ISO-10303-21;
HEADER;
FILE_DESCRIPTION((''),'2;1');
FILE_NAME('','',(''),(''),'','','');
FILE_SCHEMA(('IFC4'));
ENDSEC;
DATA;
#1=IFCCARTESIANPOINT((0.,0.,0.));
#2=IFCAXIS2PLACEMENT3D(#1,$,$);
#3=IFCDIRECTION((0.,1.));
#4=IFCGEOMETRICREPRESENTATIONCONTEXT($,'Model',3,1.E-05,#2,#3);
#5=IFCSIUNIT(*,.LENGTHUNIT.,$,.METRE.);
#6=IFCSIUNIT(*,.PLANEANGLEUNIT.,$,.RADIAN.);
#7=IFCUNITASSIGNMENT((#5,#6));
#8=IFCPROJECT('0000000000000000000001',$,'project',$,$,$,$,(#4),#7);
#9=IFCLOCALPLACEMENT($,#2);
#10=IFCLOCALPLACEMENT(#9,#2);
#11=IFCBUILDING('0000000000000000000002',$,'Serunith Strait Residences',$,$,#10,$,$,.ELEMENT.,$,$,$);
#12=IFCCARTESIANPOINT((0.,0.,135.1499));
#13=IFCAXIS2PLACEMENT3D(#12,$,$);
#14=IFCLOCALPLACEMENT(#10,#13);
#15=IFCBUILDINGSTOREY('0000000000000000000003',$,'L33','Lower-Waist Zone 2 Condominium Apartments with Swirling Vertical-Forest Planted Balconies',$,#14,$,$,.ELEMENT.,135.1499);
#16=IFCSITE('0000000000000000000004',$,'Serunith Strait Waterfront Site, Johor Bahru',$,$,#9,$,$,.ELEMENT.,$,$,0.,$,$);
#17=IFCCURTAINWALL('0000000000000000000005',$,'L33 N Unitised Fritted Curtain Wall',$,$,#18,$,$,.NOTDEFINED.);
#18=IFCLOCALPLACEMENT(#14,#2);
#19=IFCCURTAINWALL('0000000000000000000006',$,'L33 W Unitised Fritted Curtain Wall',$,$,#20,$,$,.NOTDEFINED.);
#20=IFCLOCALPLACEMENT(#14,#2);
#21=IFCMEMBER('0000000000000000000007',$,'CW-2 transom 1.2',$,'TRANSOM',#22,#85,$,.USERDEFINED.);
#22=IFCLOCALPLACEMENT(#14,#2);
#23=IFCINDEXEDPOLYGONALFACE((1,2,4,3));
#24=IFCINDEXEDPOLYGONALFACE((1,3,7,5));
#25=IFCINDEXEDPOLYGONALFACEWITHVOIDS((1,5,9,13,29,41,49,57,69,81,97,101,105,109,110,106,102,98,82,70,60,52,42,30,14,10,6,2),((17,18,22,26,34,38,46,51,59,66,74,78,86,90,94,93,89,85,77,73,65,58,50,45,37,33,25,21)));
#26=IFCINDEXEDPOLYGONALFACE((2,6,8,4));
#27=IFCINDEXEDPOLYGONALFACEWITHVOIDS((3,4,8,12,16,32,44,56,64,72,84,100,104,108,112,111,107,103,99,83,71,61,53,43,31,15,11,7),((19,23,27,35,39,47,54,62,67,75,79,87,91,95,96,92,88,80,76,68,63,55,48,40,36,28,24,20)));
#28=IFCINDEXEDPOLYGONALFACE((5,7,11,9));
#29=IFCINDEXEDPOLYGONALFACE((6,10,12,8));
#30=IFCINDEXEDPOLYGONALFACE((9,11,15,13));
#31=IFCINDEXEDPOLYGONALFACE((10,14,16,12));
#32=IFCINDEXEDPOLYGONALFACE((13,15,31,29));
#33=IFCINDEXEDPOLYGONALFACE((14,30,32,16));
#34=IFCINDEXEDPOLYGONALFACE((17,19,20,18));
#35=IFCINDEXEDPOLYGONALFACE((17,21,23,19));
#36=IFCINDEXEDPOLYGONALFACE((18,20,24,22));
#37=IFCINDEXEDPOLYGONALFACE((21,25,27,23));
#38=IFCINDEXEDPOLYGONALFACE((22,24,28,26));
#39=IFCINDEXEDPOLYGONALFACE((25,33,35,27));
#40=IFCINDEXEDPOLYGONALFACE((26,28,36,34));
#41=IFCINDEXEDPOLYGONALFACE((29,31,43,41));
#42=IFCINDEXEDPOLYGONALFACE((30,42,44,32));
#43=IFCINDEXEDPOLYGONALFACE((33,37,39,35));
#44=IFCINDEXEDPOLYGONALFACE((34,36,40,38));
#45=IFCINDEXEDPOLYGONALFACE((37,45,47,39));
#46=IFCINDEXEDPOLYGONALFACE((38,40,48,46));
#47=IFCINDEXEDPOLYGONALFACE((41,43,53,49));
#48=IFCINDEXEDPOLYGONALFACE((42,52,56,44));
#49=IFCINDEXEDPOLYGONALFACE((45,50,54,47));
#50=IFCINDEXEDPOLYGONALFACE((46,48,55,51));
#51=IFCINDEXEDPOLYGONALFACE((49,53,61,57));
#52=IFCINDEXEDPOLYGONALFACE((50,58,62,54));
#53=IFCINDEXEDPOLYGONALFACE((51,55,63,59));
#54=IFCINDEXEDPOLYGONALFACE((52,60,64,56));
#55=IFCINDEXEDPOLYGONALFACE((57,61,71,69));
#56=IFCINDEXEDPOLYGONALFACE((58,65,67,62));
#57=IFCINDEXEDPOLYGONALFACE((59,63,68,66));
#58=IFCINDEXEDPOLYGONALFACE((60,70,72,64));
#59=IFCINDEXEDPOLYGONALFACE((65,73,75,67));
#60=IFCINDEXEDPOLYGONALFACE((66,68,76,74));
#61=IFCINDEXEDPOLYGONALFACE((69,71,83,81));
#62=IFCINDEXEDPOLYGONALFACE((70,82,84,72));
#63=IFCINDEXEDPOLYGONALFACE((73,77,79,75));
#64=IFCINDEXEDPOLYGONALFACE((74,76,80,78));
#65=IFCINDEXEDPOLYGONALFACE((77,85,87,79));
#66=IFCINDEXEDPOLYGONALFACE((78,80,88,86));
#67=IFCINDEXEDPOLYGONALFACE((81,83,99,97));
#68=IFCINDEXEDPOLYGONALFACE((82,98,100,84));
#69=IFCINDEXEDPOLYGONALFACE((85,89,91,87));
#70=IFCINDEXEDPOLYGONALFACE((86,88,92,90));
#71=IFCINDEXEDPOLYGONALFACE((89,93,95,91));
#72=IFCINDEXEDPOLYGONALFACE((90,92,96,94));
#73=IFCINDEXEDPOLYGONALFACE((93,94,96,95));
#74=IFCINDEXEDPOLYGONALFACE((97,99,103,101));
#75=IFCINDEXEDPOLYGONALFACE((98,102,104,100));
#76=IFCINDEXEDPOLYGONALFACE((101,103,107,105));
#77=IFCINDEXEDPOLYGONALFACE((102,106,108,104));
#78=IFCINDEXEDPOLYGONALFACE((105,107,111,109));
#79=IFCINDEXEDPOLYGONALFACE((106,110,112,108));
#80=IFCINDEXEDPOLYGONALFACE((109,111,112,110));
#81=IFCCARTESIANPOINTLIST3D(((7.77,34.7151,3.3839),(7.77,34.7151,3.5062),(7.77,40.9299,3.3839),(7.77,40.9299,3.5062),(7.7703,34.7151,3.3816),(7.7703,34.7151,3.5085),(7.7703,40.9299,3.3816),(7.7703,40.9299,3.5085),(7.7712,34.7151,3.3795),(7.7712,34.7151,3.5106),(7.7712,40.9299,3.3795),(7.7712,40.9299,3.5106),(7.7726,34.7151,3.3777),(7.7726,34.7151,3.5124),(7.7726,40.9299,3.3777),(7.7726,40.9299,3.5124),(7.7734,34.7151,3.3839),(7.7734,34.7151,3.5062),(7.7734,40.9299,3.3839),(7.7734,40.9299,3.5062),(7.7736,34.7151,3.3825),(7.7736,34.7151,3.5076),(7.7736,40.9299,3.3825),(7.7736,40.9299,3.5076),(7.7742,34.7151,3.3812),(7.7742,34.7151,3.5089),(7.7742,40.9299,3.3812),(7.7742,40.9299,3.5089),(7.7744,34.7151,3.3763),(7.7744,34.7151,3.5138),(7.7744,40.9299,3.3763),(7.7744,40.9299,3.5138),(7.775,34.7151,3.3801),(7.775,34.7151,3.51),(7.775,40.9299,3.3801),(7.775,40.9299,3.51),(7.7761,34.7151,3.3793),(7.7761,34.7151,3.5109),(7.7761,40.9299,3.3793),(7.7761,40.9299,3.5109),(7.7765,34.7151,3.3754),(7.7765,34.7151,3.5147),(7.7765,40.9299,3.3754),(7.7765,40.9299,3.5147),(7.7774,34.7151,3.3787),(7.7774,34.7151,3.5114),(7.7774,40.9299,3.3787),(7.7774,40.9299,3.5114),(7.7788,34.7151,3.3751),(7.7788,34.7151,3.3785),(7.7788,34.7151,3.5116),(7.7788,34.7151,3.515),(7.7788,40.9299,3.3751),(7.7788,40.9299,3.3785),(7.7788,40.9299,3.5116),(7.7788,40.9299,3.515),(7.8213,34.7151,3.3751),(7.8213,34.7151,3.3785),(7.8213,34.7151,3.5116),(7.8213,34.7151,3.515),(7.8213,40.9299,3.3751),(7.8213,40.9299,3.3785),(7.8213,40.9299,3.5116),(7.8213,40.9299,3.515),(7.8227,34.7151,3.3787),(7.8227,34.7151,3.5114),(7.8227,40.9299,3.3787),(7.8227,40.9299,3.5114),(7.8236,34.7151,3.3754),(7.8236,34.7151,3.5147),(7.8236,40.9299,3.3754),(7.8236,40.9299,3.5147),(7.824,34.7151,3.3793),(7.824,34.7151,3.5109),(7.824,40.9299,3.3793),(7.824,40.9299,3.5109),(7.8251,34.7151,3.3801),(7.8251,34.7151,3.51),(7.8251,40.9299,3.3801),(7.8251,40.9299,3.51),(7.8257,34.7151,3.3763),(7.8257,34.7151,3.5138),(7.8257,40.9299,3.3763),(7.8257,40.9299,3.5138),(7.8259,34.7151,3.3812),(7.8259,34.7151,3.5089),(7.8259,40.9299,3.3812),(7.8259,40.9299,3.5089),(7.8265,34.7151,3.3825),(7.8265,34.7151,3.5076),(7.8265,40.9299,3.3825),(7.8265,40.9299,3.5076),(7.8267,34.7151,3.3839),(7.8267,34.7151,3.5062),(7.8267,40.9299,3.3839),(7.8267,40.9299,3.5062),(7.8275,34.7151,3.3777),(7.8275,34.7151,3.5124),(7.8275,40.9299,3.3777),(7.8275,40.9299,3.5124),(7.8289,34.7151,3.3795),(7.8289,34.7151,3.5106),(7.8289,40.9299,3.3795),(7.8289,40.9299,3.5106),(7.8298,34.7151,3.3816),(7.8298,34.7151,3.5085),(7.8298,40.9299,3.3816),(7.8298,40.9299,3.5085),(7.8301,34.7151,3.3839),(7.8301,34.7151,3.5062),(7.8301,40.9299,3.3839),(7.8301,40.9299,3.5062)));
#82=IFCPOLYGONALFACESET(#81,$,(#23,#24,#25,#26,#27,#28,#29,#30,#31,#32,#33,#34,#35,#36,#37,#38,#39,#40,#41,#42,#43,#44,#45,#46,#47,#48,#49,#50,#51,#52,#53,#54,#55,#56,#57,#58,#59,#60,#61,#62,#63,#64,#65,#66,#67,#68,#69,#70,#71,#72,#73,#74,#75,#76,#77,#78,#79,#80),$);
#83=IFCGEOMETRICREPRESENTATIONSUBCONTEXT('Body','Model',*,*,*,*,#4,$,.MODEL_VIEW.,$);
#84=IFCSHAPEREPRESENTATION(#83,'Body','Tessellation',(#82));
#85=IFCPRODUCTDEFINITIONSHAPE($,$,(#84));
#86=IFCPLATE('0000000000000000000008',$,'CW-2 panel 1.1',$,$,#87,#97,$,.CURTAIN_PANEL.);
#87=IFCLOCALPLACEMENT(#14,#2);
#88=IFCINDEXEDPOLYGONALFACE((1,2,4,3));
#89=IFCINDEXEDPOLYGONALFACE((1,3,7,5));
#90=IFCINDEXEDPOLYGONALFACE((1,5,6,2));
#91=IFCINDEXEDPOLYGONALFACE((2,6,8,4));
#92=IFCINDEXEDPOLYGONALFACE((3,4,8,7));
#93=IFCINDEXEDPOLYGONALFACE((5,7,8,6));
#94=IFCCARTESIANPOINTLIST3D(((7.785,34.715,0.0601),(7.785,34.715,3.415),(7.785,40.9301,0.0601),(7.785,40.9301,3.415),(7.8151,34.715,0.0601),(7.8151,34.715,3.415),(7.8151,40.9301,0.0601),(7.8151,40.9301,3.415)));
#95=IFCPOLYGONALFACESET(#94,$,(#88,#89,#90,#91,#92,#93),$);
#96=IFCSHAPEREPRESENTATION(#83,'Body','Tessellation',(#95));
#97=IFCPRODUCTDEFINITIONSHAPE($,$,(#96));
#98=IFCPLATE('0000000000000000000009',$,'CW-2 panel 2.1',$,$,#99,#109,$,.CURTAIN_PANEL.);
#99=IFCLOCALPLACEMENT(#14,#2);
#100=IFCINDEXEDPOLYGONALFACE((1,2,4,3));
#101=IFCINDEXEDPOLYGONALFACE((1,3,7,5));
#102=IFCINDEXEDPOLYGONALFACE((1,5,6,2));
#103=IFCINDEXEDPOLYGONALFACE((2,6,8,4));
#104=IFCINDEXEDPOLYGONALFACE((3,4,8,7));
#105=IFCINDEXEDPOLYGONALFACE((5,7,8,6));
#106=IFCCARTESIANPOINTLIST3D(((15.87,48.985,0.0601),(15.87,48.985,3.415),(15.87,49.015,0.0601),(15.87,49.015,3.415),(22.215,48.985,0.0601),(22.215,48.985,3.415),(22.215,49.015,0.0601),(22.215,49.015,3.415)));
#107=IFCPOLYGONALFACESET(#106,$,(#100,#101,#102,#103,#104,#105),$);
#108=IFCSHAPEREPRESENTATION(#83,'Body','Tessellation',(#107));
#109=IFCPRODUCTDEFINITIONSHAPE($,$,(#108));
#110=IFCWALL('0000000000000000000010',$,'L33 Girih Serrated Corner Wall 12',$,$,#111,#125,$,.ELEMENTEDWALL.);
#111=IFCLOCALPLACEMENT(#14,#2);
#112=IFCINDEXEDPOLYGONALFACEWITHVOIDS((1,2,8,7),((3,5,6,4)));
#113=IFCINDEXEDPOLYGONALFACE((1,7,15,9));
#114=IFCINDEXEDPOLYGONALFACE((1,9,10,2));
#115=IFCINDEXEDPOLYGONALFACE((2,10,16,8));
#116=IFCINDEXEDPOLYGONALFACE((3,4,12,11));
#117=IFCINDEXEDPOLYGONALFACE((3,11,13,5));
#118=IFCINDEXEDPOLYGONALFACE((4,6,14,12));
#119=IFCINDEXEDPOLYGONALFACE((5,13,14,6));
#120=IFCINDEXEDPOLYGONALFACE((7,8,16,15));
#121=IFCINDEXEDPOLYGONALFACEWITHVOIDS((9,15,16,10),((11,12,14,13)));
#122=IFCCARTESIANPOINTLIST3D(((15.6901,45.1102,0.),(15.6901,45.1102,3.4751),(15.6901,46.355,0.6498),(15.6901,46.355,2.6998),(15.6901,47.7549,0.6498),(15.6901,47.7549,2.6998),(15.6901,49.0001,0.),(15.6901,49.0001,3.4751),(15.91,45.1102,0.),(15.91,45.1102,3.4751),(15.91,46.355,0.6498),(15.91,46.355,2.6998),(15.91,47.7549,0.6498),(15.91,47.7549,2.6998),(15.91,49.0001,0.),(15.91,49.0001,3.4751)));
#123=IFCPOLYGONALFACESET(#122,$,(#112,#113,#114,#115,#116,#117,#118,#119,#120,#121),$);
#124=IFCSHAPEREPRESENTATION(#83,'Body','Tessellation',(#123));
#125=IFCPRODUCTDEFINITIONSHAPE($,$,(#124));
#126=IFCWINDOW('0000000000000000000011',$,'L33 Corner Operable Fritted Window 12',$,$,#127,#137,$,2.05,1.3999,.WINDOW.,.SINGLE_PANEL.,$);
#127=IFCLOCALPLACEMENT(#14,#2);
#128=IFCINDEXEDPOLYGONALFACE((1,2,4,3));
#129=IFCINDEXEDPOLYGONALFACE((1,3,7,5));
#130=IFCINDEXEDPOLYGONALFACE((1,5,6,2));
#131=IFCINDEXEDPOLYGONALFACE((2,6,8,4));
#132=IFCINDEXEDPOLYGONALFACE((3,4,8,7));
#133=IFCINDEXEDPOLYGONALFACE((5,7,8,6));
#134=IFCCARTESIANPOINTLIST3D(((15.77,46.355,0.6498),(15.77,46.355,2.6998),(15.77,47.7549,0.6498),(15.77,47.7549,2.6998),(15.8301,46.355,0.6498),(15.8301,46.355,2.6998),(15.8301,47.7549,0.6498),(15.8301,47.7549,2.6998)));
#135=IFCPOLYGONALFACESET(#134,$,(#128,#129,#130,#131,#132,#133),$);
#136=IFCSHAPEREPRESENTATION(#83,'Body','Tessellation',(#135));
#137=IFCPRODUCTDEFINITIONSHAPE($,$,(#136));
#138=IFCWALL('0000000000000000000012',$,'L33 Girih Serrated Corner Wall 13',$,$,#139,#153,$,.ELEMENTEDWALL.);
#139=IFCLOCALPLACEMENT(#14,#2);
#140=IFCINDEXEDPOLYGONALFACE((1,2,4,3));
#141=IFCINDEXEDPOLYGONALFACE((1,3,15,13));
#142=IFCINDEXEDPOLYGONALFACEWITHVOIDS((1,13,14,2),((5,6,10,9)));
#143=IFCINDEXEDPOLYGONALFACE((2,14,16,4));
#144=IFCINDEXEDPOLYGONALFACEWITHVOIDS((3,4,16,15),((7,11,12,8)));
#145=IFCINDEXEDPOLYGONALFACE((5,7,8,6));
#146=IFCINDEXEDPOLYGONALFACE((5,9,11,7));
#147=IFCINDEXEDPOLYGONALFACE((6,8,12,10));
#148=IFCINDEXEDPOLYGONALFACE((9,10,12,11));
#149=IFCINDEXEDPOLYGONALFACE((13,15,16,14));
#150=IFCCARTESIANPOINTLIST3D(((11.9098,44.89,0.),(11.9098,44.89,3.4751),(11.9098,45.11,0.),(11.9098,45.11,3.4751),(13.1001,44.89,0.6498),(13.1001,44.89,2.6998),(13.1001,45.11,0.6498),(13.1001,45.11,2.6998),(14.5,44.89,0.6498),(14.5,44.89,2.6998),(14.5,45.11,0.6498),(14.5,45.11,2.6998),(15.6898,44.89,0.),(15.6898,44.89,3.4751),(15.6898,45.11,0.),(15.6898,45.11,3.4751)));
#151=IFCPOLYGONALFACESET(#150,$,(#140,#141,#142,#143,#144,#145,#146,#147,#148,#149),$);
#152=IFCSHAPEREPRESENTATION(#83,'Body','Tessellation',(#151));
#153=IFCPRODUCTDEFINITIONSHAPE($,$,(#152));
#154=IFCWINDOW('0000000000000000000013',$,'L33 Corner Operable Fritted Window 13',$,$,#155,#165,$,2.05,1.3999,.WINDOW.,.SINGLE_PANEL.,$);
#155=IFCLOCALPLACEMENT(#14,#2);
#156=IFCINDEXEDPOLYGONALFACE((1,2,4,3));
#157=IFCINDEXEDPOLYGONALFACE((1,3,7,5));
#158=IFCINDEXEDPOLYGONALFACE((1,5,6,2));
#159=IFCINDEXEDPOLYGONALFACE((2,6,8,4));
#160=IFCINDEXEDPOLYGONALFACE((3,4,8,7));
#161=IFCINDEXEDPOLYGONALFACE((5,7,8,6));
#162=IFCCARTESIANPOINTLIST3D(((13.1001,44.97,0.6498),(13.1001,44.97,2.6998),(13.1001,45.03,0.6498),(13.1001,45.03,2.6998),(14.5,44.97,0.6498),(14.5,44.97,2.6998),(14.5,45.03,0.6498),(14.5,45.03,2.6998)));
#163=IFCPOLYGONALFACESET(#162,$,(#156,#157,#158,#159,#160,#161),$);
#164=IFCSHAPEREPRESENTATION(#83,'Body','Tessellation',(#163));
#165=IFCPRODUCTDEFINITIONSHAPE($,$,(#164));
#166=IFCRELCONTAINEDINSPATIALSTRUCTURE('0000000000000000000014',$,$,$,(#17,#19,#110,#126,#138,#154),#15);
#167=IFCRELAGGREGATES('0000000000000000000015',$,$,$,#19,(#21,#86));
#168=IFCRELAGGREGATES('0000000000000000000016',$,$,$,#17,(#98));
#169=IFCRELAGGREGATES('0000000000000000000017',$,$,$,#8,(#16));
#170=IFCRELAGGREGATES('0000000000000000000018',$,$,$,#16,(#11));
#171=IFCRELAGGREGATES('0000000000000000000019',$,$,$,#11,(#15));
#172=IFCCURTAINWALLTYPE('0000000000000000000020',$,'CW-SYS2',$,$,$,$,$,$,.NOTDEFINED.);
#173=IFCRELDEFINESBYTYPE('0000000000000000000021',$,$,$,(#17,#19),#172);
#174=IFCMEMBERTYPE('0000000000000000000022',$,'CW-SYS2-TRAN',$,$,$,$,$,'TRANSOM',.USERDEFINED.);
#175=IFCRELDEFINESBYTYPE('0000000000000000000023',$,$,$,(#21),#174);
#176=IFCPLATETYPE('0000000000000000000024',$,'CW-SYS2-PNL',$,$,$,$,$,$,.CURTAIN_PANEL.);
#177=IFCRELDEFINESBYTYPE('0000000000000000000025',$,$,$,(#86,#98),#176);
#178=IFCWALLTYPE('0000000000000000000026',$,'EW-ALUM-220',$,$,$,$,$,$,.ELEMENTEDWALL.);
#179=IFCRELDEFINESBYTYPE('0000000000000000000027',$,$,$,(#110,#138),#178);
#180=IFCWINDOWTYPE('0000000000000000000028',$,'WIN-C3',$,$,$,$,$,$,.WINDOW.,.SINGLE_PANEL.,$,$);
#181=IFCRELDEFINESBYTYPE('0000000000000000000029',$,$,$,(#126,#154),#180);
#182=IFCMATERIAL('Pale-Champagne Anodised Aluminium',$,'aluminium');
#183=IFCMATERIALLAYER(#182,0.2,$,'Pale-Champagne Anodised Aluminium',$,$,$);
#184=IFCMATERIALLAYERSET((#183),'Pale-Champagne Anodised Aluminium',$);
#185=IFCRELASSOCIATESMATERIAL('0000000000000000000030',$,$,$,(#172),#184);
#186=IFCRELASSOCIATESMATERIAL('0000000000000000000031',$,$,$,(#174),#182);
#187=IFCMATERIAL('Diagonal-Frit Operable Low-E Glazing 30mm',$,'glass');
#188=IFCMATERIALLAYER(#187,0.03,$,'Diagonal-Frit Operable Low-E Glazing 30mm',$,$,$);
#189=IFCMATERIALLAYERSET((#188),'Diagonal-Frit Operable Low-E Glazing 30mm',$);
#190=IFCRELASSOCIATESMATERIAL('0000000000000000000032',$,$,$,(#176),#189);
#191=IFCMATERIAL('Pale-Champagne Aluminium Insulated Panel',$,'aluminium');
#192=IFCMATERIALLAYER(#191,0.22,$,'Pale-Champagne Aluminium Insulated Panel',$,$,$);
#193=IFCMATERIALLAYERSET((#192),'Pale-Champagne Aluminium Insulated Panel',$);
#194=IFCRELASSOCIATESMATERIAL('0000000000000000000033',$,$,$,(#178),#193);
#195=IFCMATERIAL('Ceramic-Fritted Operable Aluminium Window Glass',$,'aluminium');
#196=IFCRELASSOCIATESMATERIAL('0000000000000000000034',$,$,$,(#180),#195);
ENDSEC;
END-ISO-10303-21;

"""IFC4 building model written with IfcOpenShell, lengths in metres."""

from ifc_helpers import new_model, si_unit, direction, frame, frame_2d, origin, origin_2d, place, context, subcontext, project, spatial, rectangle, hollow_rectangle, extrude, source, transform, mapped, material, layer, layer_set, material_profile, profile_set, type_object, element, fill, aggregate, save


model = new_model("IFC4")

# Units and contexts
model_context = context("Model", 3, precision=1e-05, world=origin(), true_north=direction((0.0, 1.0)))
body_context = subcontext(model_context, "Body", "Model", "MODEL_VIEW")
ifc_project = project(units=[si_unit("LENGTHUNIT", "METRE"), si_unit("PLANEANGLEUNIT", "RADIAN")], contexts=[model_context])

# Site, building, storey
site_placement = place(None, origin())
site = spatial("IfcSite", under=ifc_project, at=site_placement, Name="Serunith Strait Waterfront Site, Johor Bahru", CompositionType="ELEMENT", RefElevation=0.0)
building_placement = place(site_placement, origin())
building = spatial("IfcBuilding", under=site, at=building_placement, Name="Serunith Strait Residences", CompositionType="ELEMENT")
storey_placement = place(building_placement, frame((0.0, 0.0, 135.1499)))
storey = spatial("IfcBuildingStorey", under=building, at=storey_placement, Name="L33", Description="Lower-Waist Zone 2 Condominium Apartments with Swirling Vertical-Forest Planted Balconies", CompositionType="ELEMENT", Elevation=135.1499)

# Curtain wall
ifc_material_1 = material(Name="Pale-Champagne Anodised Aluminium", Category="aluminium")
ifc_layer_1 = layer(ifc_material_1, 0.2, Name="Pale-Champagne Anodised Aluminium")
ifc_layer_set_1 = layer_set([ifc_layer_1], Name="Pale-Champagne Anodised Aluminium")
curtain_wall_type = type_object("IfcCurtainWallType", Name="CW-SYS2", PredefinedType="NOTDEFINED", material=ifc_layer_set_1)
curtain_wall_1_placement = place(storey_placement, origin())
curtain_wall_1 = element("IfcCurtainWall", 1, at=curtain_wall_1_placement, inside=storey, type_object=curtain_wall_type, Name="L33 N Unitised Fritted Curtain Wall", PredefinedType="NOTDEFINED")

# Curtain wall, member, plate
curtain_wall_2_placement = place(storey_placement, origin())
curtain_wall_2 = element("IfcCurtainWall", 2, at=curtain_wall_2_placement, inside=storey, type_object=curtain_wall_type, Name="L33 W Unitised Fritted Curtain Wall", PredefinedType="NOTDEFINED")
ifc_material_profile_1 = material_profile(ifc_material_1, hollow_rectangle(XDim=0.0601, YDim=0.1399, WallThickness=0.0034, InnerFilletRadius=0.0054, OuterFilletRadius=0.0088, at=origin_2d()), Name="ALU 140x60x3.5")
ifc_profile_set_1 = profile_set([ifc_material_profile_1], Name="Pale-Champagne Anodised Aluminium")
member_type_1 = type_object("IfcMemberType", Name="CW-SYS2-TRAN", ElementType="TRANSOM", PredefinedType="USERDEFINED", material=ifc_profile_set_1)
shared_shape_1 = source(origin(), body_context, "Body", "SweptSolid", [
    extrude(hollow_rectangle(XDim=0.0601, YDim=0.1399, WallThickness=0.0034, InnerFilletRadius=0.0054, OuterFilletRadius=0.0088, at=origin_2d()), origin(), (0.0, 0.0, 1.0), 6.2148),
])
member_1_placement = place(storey_placement, frame((7.8, 40.9299, 3.4451), z_axis=(0.0, -1.0, 0.0), x_axis=(1.0, 0.0, 0.0)))
member_1 = element("IfcMember", 3, at=member_1_placement, type_object=member_type_1, Name="CW-2 transom 1.2", ObjectType="TRANSOM", PredefinedType="USERDEFINED", context=body_context, shape_type="MappedRepresentation", body=[
    mapped(shared_shape_1, transform((0.0, 0.0, 0.0), scale=1.0)),
])
ifc_material_2 = material(Name="Diagonal-Frit Operable Low-E Glazing 30mm", Category="glass")
ifc_layer_2 = layer(ifc_material_2, 0.03, Name="Diagonal-Frit Operable Low-E Glazing 30mm")
ifc_layer_set_2 = layer_set([ifc_layer_2], Name="Diagonal-Frit Operable Low-E Glazing 30mm")
plate_type = type_object("IfcPlateType", Name="CW-SYS2-PNL", PredefinedType="CURTAIN_PANEL", material=ifc_layer_set_2)
shared_shape_2 = source(origin(), body_context, "Body", "SweptSolid", [
    extrude(rectangle(XDim=6.2151, YDim=0.03, at=origin_2d()), origin(), (0.0, 0.0, 1.0), 3.355),
])
plate_1_placement = place(storey_placement, frame((7.8, 37.8225, 0.0601), z_axis=(0.0, 0.0, 1.0), x_axis=(0.0, -1.0, 0.0)))
plate_1 = element("IfcPlate", 4, at=plate_1_placement, type_object=plate_type, Name="CW-2 panel 1.1", PredefinedType="CURTAIN_PANEL", context=body_context, shape_type="MappedRepresentation", body=[
    mapped(shared_shape_2, transform((0.0, 0.0, 0.0), scale=1.0)),
])
aggregate(curtain_wall_2, [member_1, plate_1])

# Plate
shared_shape_3 = source(origin(), body_context, "Body", "SweptSolid", [
    extrude(rectangle(XDim=6.345, YDim=0.03, at=origin_2d()), origin(), (0.0, 0.0, 1.0), 3.355),
])
plate_2_placement = place(storey_placement, frame((19.0425, 49.0, 0.0601), z_axis=(0.0, 0.0, 1.0), x_axis=(-1.0, 0.0, 0.0)))
plate_2 = element("IfcPlate", 5, at=plate_2_placement, type_object=plate_type, Name="CW-2 panel 2.1", PredefinedType="CURTAIN_PANEL", context=body_context, shape_type="MappedRepresentation", body=[
    mapped(shared_shape_3, transform((0.0, 0.0, 0.0), scale=1.0)),
])
aggregate(curtain_wall_1, [plate_2])

# Walls, openings, windows
ifc_material_3 = material(Name="Pale-Champagne Aluminium Insulated Panel", Category="aluminium")
ifc_layer_3 = layer(ifc_material_3, 0.22, Name="Pale-Champagne Aluminium Insulated Panel")
ifc_layer_set_3 = layer_set([ifc_layer_3], Name="Pale-Champagne Aluminium Insulated Panel")
wall_type = type_object("IfcWallType", Name="EW-ALUM-220", PredefinedType="ELEMENTEDWALL", material=ifc_layer_set_3)
wall_1_placement = place(storey_placement, frame((15.8, 49.0, 0.0), z_axis=(0.0, 0.0, 1.0), x_axis=(0.0, -1.0, 0.0)))
wall_1 = element("IfcWall", 6, at=wall_1_placement, inside=storey, type_object=wall_type, Name="L33 Girih Serrated Corner Wall 12", PredefinedType="ELEMENTEDWALL", context=body_context, shape_type="SweptSolid", body=[
    extrude(rectangle(XDim=3.8899, YDim=0.22, at=frame_2d((1.9448, 0.0))), origin(), (0.0, 0.0, 1.0), 3.4751),
])
opening_1_placement = place(wall_1_placement, frame((1.2451, 0.0, 0.6499)))
opening_1 = element("IfcOpeningElement", 7, at=opening_1_placement, cuts=wall_1, PredefinedType="OPENING", context=body_context, shape_type="SweptSolid", body=[
    extrude(rectangle(XDim=1.3999, YDim=2.05, at=frame_2d((0.7, 1.0249))), frame((0.0, 0.1201, 0.0), z_axis=(0.0, -1.0, 0.0), x_axis=(1.0, 0.0, 0.0)), (0.0, 0.0, 1.0), 0.24),
])
ifc_material_4 = material(Name="Ceramic-Fritted Operable Aluminium Window Glass", Category="aluminium")
window_type = type_object("IfcWindowType", Name="WIN-C3", PartitioningType="SINGLE_PANEL", PredefinedType="WINDOW", material=ifc_material_4)
shared_shape_4 = source(origin(), body_context, "Body", "SweptSolid", [
    extrude(rectangle(XDim=1.3999, YDim=2.05, at=frame_2d((0.7, 1.0249))), frame((0.0, 0.03, 0.0), z_axis=(0.0, -1.0, 0.0), x_axis=(1.0, 0.0, 0.0)), (0.0, 0.0, 1.0), 0.0601),
])
window_1_placement = place(opening_1_placement, origin())
window_1 = element("IfcWindow", 8, at=window_1_placement, inside=storey, type_object=window_type, Name="L33 Corner Operable Fritted Window 12", OverallHeight=2.05, OverallWidth=1.3999, PartitioningType="SINGLE_PANEL", PredefinedType="WINDOW", context=body_context, shape_type="MappedRepresentation", body=[
    mapped(shared_shape_4, transform((0.0, 0.0, 0.0), scale=1.0)),
])
fill(opening_1, window_1)
wall_2_placement = place(storey_placement, frame((15.6899, 45.0, 0.0), z_axis=(0.0, 0.0, 1.0), x_axis=(-1.0, 0.0, 0.0)))
wall_2 = element("IfcWall", 9, at=wall_2_placement, inside=storey, type_object=wall_type, Name="L33 Girih Serrated Corner Wall 13", PredefinedType="ELEMENTEDWALL", context=body_context, shape_type="SweptSolid", body=[
    extrude(rectangle(XDim=3.78, YDim=0.22, at=frame_2d((1.8901, 0.0))), origin(), (0.0, 0.0, 1.0), 3.4751),
])
opening_2_placement = place(wall_2_placement, frame((1.1899, 0.0, 0.6499)))
opening_2 = element("IfcOpeningElement", 10, at=opening_2_placement, cuts=wall_2, PredefinedType="OPENING", context=body_context, shape_type="SweptSolid", body=[
    extrude(rectangle(XDim=1.3999, YDim=2.05, at=frame_2d((0.7, 1.0249))), frame((0.0, 0.1201, 0.0), z_axis=(0.0, -1.0, 0.0), x_axis=(1.0, 0.0, 0.0)), (0.0, 0.0, 1.0), 0.24),
])
window_2_placement = place(opening_2_placement, origin())
window_2 = element("IfcWindow", 11, at=window_2_placement, inside=storey, type_object=window_type, Name="L33 Corner Operable Fritted Window 13", OverallHeight=2.05, OverallWidth=1.3999, PartitioningType="SINGLE_PANEL", PredefinedType="WINDOW", context=body_context, shape_type="MappedRepresentation", body=[
    mapped(shared_shape_4, transform((0.0, 0.0, 0.0), scale=1.0)),
])
fill(opening_2, window_2)

save(model, "model.ifc")
